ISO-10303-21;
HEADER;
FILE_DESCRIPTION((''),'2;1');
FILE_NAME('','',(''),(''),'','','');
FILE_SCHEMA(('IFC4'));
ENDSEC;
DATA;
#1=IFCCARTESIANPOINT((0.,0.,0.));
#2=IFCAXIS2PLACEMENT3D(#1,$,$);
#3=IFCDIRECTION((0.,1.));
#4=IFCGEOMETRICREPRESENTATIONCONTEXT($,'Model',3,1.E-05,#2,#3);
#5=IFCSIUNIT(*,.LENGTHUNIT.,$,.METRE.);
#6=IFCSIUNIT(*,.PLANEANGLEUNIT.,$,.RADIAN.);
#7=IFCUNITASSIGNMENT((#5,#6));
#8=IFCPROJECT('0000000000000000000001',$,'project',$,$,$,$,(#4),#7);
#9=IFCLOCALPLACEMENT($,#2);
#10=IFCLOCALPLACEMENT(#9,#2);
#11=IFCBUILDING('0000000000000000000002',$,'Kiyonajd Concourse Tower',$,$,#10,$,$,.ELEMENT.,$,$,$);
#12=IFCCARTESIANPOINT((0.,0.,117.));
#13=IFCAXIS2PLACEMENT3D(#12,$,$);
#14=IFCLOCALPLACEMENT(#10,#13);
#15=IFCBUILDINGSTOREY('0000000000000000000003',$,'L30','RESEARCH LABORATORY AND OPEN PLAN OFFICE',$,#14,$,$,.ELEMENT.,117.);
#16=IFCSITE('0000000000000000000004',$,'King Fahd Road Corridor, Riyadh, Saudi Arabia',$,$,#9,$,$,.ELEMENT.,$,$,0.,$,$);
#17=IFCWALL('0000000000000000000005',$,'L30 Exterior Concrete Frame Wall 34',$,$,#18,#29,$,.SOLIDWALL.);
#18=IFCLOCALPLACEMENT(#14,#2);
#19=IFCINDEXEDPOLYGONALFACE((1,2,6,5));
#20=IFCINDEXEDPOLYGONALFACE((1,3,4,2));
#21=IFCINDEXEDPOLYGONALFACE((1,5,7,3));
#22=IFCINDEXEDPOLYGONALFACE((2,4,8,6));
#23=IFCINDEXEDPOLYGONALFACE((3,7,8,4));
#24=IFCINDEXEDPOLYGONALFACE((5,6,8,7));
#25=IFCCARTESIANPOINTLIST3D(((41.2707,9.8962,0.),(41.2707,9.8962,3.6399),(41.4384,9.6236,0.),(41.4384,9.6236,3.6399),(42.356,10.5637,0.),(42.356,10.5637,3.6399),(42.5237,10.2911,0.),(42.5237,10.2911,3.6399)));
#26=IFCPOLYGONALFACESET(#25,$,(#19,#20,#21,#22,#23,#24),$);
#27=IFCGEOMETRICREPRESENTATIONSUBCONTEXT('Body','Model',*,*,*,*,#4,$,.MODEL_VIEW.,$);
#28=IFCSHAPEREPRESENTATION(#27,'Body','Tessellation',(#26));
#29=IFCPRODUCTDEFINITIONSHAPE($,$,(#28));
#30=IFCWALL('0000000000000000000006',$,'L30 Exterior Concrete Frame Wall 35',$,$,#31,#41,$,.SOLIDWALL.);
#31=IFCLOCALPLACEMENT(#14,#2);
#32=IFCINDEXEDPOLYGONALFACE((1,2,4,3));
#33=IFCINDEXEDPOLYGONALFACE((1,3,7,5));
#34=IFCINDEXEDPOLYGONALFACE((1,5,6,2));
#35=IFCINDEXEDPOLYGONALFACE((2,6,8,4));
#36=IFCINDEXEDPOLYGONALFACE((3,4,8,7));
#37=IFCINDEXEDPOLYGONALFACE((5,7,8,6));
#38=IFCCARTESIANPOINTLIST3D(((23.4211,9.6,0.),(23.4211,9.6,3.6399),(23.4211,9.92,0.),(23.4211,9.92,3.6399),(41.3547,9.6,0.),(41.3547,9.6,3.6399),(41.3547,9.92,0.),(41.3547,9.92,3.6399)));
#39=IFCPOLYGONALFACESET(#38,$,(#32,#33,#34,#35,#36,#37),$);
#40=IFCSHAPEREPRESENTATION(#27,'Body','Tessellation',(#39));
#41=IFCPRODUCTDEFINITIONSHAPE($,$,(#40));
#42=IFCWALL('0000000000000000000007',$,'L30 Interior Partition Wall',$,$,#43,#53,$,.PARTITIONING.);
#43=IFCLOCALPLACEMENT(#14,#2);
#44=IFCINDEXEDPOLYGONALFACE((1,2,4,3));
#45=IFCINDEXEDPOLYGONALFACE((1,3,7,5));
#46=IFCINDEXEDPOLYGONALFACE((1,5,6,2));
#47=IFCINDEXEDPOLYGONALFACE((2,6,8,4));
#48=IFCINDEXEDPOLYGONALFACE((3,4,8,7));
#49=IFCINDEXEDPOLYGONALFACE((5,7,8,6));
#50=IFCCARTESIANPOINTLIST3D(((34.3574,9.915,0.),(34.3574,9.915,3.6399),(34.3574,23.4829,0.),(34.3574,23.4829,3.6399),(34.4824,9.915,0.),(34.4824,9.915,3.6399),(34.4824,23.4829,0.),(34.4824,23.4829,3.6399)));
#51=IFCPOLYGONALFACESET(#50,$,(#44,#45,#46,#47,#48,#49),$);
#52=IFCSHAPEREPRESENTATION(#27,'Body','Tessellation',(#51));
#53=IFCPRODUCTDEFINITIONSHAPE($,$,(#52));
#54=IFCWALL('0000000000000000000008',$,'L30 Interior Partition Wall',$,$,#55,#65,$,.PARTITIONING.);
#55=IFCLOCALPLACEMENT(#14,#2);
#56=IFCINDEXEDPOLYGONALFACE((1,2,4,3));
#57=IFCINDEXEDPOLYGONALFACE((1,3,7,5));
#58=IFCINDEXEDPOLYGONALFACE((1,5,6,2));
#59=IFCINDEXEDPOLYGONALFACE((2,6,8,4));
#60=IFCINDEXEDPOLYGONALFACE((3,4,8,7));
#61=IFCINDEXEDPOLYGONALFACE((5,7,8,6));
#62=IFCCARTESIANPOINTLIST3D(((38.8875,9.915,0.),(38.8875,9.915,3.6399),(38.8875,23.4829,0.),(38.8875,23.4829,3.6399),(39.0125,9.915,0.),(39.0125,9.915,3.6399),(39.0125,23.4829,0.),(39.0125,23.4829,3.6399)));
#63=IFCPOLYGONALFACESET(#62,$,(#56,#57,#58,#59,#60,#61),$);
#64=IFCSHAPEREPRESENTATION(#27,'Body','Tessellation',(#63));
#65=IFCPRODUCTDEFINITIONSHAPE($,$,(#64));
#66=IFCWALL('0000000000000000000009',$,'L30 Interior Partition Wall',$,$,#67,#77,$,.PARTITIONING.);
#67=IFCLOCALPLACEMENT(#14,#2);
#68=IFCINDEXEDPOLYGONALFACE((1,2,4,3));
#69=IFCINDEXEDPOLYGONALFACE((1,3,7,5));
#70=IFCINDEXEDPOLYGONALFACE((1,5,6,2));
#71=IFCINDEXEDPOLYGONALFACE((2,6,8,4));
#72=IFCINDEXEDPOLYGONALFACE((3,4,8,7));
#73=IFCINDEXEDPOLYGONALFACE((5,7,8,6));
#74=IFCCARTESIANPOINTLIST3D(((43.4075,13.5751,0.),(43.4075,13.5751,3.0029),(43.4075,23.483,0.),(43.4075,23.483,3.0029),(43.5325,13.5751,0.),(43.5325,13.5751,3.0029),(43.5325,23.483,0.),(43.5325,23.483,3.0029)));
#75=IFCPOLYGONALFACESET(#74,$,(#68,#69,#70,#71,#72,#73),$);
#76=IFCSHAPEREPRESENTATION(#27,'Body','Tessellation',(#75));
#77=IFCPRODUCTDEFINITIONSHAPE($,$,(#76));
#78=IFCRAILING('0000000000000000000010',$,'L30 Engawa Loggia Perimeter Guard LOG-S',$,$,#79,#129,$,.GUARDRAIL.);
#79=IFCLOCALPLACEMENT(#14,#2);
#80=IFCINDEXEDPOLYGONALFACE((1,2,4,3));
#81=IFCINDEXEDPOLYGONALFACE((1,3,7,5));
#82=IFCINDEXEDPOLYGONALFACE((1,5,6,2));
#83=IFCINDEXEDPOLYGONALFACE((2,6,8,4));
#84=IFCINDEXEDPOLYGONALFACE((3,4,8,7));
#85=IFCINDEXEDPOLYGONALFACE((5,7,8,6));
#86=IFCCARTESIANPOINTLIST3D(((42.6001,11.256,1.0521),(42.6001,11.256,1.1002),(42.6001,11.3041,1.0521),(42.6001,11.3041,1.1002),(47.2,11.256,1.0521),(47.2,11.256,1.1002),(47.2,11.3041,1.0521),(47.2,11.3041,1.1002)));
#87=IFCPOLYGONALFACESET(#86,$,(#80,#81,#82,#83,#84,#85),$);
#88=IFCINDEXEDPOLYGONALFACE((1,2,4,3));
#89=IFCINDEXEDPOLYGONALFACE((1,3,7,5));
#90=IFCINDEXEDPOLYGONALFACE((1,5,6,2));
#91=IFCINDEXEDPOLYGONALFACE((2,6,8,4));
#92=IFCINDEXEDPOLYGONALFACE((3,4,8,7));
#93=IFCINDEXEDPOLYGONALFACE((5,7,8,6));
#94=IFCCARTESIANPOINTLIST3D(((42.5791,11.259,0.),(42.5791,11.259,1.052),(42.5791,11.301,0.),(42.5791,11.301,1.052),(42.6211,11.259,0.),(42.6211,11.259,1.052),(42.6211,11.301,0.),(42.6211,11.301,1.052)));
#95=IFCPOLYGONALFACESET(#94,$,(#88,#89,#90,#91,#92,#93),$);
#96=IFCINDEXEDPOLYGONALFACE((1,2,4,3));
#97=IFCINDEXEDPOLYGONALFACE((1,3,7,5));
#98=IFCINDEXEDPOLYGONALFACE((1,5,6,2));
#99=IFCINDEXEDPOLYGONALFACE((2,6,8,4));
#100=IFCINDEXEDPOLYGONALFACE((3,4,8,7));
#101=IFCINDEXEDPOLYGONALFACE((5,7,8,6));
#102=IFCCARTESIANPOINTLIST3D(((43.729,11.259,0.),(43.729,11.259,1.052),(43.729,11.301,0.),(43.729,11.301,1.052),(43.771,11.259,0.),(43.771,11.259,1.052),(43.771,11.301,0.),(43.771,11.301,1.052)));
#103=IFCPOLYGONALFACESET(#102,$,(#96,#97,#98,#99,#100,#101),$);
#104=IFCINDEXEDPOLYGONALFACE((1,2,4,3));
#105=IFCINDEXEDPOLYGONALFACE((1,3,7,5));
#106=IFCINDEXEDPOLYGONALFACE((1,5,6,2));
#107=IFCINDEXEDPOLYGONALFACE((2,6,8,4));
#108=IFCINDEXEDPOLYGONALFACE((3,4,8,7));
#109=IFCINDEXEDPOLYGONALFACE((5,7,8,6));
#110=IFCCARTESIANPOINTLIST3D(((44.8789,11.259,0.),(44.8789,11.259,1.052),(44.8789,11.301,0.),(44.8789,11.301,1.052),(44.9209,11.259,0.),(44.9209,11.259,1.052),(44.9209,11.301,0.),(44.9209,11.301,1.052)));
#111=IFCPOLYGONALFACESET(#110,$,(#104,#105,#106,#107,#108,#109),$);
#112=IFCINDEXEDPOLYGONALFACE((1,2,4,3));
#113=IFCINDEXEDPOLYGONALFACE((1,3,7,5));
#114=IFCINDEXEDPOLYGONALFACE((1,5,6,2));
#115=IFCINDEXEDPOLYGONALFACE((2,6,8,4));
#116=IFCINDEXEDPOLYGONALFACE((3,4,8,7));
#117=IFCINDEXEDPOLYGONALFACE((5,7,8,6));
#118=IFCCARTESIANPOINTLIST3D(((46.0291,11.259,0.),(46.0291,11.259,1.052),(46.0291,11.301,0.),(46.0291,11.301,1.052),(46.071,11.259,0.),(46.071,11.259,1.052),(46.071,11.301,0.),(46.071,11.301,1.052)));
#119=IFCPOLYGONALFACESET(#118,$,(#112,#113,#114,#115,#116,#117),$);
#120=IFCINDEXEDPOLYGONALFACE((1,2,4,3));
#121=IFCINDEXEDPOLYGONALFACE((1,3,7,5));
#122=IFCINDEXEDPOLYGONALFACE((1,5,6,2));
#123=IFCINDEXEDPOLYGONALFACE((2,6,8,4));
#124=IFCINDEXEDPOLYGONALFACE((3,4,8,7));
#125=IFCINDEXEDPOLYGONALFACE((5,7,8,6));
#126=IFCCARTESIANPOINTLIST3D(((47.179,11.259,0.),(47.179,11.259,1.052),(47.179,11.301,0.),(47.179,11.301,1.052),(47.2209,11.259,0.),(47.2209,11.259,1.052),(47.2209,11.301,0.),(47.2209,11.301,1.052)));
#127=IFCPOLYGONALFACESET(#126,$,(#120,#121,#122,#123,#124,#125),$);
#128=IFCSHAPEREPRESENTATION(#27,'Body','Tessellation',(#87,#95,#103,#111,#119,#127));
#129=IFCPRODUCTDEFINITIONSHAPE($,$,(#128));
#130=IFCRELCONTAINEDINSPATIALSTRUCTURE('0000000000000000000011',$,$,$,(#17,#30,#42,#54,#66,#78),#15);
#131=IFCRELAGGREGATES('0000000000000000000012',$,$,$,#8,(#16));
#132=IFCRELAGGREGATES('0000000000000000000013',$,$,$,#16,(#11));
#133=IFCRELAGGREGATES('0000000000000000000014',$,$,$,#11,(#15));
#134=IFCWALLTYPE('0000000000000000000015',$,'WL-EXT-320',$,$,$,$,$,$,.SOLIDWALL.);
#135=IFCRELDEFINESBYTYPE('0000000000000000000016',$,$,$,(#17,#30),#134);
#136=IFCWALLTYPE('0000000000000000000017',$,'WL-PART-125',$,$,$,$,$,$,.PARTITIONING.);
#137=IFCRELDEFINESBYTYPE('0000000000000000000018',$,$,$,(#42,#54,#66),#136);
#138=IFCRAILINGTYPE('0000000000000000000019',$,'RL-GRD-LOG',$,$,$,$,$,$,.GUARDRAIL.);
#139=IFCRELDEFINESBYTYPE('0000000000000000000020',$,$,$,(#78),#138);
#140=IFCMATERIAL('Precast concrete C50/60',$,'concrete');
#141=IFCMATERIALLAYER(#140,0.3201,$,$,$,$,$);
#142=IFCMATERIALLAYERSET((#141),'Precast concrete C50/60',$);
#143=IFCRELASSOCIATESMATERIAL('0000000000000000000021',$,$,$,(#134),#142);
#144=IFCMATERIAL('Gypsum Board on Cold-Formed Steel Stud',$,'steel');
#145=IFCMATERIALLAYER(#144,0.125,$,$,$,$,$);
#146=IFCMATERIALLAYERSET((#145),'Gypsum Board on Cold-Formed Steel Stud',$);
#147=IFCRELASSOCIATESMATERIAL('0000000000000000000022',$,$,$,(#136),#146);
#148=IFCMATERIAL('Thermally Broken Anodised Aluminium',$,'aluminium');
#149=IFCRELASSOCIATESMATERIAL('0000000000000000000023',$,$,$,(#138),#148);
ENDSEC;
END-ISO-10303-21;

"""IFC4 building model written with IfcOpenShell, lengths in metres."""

from ifc_helpers import new_model, si_unit, direction, frame, frame_2d, origin, origin_2d, place, context, subcontext, project, spatial, rectangle, extrude, material, layer, layer_set, type_object, element, save


model = new_model("IFC4")

# Units and contexts
model_context = context("Model", 3, precision=1e-05, world=origin(), true_north=direction((0.0, 1.0)))
body_context = subcontext(model_context, "Body", "Model", "MODEL_VIEW")
ifc_project = project(units=[si_unit("LENGTHUNIT", "METRE"), si_unit("PLANEANGLEUNIT", "RADIAN")], contexts=[model_context])

# Site, building, storey
site_placement = place(None, origin())
site = spatial("IfcSite", under=ifc_project, at=site_placement, Name="King Fahd Road Corridor, Riyadh, Saudi Arabia", CompositionType="ELEMENT", RefElevation=0.0)
building_placement = place(site_placement, origin())
building = spatial("IfcBuilding", under=site, at=building_placement, Name="Kiyonajd Concourse Tower", CompositionType="ELEMENT")
storey_placement = place(building_placement, frame((0.0, 0.0, 117.0)))
storey = spatial("IfcBuildingStorey", under=building, at=storey_placement, Name="L30", Description="RESEARCH LABORATORY AND OPEN PLAN OFFICE", CompositionType="ELEMENT", Elevation=117.0)

# Shared definitions
ifc_material_1 = material(Name="Precast concrete C50/60", Category="concrete")

# Shared definitions
ifc_material_2 = material(Name="Thermally Broken Anodised Aluminium", Category="aluminium")

# Walls
ifc_layer_1 = layer(ifc_material_1, 0.3201)
ifc_layer_set_1 = layer_set([ifc_layer_1], Name="Precast concrete C50/60")
wall_type_1 = type_object("IfcWallType", Name="WL-EXT-320", PredefinedType="SOLIDWALL", material=ifc_layer_set_1)
wall_1_placement = place(storey_placement, frame((42.4399, 10.4275, 0.0), z_axis=(0.0, 0.0, 1.0), x_axis=(-0.851777, -0.523905, 0.0)))
element("IfcWall", 1, at=wall_1_placement, inside=storey, type_object=wall_type_1, Name="L30 Exterior Concrete Frame Wall 34", PredefinedType="SOLIDWALL", context=body_context, shape_type="SweptSolid", body=[
    extrude(rectangle(XDim=1.2742, YDim=0.3201, at=frame_2d((0.6372, 0.0))), origin(), (0.0, 0.0, 1.0), 3.6399),
])
wall_2_placement = place(storey_placement, frame((41.3547, 9.76, 0.0), z_axis=(0.0, 0.0, 1.0), x_axis=(-1.0, 0.0, 0.0)))
element("IfcWall", 2, at=wall_2_placement, inside=storey, type_object=wall_type_1, Name="L30 Exterior Concrete Frame Wall 35", PredefinedType="SOLIDWALL", context=body_context, shape_type="SweptSolid", body=[
    extrude(rectangle(XDim=17.9336, YDim=0.3201, at=frame_2d((8.9668, 0.0))), origin(), (0.0, 0.0, 1.0), 3.6399),
])
ifc_material_3 = material(Name="Gypsum Board on Cold-Formed Steel Stud", Category="steel")
ifc_layer_2 = layer(ifc_material_3, 0.125)
ifc_layer_set_2 = layer_set([ifc_layer_2], Name="Gypsum Board on Cold-Formed Steel Stud")
wall_type_2 = type_object("IfcWallType", Name="WL-PART-125", PredefinedType="PARTITIONING", material=ifc_layer_set_2)
for number, where, z_axis, x_axis, name in (
    (3, (34.4199, 9.915, 0.0), (0.0, 0.0, 1.0), (0.0, 1.0, 0.0), "L30 Interior Partition Wall"),
    (4, (38.95, 9.915, 0.0), (0.0, 0.0, 1.0), (0.0, 1.0, 0.0), "L30 Interior Partition Wall"),
):
    element("IfcWall", number, at=place(storey_placement, frame(where, z_axis=z_axis, x_axis=x_axis)), inside=storey, type_object=wall_type_2, Name=name, PredefinedType="PARTITIONING", context=body_context, shape_type="SweptSolid", body=[
        extrude(rectangle(XDim=13.5679, YDim=0.125, at=frame_2d((6.7839, 0.0))), origin(), (0.0, 0.0, 1.0), 3.6399),
    ])
wall_3_placement = place(storey_placement, frame((43.47, 13.575, 0.0), z_axis=(0.0, 0.0, 1.0), x_axis=(0.0, 1.0, 0.0)))
element("IfcWall", 5, at=wall_3_placement, inside=storey, type_object=wall_type_2, Name="L30 Interior Partition Wall", PredefinedType="PARTITIONING", context=body_context, shape_type="SweptSolid", body=[
    extrude(rectangle(XDim=9.908, YDim=0.125, at=frame_2d((4.9541, 0.0))), origin(), (0.0, 0.0, 1.0), 3.0029),
])

# Railing
railing_type = type_object("IfcRailingType", Name="RL-GRD-LOG", PredefinedType="GUARDRAIL", material=ifc_material_2)
railing_placement = place(storey_placement, frame((42.6001, 11.28, 0.0)))
element("IfcRailing", 6, at=railing_placement, inside=storey, type_object=railing_type, Name="L30 Engawa Loggia Perimeter Guard LOG-S", PredefinedType="GUARDRAIL", context=body_context, shape_type="SweptSolid", body=[
    extrude(rectangle(XDim=0.0481, YDim=0.0481, at=origin_2d()), frame((0.0, 0.0, 1.0762), z_axis=(1.0, 0.0, 0.0), x_axis=(0.0, 1.0, 0.0)), (0.0, 0.0, 1.0), 4.5999),
    extrude(rectangle(XDim=0.042, YDim=0.042, at=origin_2d()), origin(), (0.0, 0.0, 1.0), 1.052),
    extrude(rectangle(XDim=0.042, YDim=0.042, at=origin_2d()), frame((1.1499, 0.0, 0.0)), (0.0, 0.0, 1.0), 1.052),
    extrude(rectangle(XDim=0.042, YDim=0.042, at=origin_2d()), frame((2.2998, 0.0, 0.0)), (0.0, 0.0, 1.0), 1.052),
    extrude(rectangle(XDim=0.042, YDim=0.042, at=origin_2d()), frame((3.45, 0.0, 0.0)), (0.0, 0.0, 1.0), 1.052),
    extrude(rectangle(XDim=0.042, YDim=0.042, at=origin_2d()), frame((4.5999, 0.0, 0.0)), (0.0, 0.0, 1.0), 1.052),
])

save(model, "model.ifc")
